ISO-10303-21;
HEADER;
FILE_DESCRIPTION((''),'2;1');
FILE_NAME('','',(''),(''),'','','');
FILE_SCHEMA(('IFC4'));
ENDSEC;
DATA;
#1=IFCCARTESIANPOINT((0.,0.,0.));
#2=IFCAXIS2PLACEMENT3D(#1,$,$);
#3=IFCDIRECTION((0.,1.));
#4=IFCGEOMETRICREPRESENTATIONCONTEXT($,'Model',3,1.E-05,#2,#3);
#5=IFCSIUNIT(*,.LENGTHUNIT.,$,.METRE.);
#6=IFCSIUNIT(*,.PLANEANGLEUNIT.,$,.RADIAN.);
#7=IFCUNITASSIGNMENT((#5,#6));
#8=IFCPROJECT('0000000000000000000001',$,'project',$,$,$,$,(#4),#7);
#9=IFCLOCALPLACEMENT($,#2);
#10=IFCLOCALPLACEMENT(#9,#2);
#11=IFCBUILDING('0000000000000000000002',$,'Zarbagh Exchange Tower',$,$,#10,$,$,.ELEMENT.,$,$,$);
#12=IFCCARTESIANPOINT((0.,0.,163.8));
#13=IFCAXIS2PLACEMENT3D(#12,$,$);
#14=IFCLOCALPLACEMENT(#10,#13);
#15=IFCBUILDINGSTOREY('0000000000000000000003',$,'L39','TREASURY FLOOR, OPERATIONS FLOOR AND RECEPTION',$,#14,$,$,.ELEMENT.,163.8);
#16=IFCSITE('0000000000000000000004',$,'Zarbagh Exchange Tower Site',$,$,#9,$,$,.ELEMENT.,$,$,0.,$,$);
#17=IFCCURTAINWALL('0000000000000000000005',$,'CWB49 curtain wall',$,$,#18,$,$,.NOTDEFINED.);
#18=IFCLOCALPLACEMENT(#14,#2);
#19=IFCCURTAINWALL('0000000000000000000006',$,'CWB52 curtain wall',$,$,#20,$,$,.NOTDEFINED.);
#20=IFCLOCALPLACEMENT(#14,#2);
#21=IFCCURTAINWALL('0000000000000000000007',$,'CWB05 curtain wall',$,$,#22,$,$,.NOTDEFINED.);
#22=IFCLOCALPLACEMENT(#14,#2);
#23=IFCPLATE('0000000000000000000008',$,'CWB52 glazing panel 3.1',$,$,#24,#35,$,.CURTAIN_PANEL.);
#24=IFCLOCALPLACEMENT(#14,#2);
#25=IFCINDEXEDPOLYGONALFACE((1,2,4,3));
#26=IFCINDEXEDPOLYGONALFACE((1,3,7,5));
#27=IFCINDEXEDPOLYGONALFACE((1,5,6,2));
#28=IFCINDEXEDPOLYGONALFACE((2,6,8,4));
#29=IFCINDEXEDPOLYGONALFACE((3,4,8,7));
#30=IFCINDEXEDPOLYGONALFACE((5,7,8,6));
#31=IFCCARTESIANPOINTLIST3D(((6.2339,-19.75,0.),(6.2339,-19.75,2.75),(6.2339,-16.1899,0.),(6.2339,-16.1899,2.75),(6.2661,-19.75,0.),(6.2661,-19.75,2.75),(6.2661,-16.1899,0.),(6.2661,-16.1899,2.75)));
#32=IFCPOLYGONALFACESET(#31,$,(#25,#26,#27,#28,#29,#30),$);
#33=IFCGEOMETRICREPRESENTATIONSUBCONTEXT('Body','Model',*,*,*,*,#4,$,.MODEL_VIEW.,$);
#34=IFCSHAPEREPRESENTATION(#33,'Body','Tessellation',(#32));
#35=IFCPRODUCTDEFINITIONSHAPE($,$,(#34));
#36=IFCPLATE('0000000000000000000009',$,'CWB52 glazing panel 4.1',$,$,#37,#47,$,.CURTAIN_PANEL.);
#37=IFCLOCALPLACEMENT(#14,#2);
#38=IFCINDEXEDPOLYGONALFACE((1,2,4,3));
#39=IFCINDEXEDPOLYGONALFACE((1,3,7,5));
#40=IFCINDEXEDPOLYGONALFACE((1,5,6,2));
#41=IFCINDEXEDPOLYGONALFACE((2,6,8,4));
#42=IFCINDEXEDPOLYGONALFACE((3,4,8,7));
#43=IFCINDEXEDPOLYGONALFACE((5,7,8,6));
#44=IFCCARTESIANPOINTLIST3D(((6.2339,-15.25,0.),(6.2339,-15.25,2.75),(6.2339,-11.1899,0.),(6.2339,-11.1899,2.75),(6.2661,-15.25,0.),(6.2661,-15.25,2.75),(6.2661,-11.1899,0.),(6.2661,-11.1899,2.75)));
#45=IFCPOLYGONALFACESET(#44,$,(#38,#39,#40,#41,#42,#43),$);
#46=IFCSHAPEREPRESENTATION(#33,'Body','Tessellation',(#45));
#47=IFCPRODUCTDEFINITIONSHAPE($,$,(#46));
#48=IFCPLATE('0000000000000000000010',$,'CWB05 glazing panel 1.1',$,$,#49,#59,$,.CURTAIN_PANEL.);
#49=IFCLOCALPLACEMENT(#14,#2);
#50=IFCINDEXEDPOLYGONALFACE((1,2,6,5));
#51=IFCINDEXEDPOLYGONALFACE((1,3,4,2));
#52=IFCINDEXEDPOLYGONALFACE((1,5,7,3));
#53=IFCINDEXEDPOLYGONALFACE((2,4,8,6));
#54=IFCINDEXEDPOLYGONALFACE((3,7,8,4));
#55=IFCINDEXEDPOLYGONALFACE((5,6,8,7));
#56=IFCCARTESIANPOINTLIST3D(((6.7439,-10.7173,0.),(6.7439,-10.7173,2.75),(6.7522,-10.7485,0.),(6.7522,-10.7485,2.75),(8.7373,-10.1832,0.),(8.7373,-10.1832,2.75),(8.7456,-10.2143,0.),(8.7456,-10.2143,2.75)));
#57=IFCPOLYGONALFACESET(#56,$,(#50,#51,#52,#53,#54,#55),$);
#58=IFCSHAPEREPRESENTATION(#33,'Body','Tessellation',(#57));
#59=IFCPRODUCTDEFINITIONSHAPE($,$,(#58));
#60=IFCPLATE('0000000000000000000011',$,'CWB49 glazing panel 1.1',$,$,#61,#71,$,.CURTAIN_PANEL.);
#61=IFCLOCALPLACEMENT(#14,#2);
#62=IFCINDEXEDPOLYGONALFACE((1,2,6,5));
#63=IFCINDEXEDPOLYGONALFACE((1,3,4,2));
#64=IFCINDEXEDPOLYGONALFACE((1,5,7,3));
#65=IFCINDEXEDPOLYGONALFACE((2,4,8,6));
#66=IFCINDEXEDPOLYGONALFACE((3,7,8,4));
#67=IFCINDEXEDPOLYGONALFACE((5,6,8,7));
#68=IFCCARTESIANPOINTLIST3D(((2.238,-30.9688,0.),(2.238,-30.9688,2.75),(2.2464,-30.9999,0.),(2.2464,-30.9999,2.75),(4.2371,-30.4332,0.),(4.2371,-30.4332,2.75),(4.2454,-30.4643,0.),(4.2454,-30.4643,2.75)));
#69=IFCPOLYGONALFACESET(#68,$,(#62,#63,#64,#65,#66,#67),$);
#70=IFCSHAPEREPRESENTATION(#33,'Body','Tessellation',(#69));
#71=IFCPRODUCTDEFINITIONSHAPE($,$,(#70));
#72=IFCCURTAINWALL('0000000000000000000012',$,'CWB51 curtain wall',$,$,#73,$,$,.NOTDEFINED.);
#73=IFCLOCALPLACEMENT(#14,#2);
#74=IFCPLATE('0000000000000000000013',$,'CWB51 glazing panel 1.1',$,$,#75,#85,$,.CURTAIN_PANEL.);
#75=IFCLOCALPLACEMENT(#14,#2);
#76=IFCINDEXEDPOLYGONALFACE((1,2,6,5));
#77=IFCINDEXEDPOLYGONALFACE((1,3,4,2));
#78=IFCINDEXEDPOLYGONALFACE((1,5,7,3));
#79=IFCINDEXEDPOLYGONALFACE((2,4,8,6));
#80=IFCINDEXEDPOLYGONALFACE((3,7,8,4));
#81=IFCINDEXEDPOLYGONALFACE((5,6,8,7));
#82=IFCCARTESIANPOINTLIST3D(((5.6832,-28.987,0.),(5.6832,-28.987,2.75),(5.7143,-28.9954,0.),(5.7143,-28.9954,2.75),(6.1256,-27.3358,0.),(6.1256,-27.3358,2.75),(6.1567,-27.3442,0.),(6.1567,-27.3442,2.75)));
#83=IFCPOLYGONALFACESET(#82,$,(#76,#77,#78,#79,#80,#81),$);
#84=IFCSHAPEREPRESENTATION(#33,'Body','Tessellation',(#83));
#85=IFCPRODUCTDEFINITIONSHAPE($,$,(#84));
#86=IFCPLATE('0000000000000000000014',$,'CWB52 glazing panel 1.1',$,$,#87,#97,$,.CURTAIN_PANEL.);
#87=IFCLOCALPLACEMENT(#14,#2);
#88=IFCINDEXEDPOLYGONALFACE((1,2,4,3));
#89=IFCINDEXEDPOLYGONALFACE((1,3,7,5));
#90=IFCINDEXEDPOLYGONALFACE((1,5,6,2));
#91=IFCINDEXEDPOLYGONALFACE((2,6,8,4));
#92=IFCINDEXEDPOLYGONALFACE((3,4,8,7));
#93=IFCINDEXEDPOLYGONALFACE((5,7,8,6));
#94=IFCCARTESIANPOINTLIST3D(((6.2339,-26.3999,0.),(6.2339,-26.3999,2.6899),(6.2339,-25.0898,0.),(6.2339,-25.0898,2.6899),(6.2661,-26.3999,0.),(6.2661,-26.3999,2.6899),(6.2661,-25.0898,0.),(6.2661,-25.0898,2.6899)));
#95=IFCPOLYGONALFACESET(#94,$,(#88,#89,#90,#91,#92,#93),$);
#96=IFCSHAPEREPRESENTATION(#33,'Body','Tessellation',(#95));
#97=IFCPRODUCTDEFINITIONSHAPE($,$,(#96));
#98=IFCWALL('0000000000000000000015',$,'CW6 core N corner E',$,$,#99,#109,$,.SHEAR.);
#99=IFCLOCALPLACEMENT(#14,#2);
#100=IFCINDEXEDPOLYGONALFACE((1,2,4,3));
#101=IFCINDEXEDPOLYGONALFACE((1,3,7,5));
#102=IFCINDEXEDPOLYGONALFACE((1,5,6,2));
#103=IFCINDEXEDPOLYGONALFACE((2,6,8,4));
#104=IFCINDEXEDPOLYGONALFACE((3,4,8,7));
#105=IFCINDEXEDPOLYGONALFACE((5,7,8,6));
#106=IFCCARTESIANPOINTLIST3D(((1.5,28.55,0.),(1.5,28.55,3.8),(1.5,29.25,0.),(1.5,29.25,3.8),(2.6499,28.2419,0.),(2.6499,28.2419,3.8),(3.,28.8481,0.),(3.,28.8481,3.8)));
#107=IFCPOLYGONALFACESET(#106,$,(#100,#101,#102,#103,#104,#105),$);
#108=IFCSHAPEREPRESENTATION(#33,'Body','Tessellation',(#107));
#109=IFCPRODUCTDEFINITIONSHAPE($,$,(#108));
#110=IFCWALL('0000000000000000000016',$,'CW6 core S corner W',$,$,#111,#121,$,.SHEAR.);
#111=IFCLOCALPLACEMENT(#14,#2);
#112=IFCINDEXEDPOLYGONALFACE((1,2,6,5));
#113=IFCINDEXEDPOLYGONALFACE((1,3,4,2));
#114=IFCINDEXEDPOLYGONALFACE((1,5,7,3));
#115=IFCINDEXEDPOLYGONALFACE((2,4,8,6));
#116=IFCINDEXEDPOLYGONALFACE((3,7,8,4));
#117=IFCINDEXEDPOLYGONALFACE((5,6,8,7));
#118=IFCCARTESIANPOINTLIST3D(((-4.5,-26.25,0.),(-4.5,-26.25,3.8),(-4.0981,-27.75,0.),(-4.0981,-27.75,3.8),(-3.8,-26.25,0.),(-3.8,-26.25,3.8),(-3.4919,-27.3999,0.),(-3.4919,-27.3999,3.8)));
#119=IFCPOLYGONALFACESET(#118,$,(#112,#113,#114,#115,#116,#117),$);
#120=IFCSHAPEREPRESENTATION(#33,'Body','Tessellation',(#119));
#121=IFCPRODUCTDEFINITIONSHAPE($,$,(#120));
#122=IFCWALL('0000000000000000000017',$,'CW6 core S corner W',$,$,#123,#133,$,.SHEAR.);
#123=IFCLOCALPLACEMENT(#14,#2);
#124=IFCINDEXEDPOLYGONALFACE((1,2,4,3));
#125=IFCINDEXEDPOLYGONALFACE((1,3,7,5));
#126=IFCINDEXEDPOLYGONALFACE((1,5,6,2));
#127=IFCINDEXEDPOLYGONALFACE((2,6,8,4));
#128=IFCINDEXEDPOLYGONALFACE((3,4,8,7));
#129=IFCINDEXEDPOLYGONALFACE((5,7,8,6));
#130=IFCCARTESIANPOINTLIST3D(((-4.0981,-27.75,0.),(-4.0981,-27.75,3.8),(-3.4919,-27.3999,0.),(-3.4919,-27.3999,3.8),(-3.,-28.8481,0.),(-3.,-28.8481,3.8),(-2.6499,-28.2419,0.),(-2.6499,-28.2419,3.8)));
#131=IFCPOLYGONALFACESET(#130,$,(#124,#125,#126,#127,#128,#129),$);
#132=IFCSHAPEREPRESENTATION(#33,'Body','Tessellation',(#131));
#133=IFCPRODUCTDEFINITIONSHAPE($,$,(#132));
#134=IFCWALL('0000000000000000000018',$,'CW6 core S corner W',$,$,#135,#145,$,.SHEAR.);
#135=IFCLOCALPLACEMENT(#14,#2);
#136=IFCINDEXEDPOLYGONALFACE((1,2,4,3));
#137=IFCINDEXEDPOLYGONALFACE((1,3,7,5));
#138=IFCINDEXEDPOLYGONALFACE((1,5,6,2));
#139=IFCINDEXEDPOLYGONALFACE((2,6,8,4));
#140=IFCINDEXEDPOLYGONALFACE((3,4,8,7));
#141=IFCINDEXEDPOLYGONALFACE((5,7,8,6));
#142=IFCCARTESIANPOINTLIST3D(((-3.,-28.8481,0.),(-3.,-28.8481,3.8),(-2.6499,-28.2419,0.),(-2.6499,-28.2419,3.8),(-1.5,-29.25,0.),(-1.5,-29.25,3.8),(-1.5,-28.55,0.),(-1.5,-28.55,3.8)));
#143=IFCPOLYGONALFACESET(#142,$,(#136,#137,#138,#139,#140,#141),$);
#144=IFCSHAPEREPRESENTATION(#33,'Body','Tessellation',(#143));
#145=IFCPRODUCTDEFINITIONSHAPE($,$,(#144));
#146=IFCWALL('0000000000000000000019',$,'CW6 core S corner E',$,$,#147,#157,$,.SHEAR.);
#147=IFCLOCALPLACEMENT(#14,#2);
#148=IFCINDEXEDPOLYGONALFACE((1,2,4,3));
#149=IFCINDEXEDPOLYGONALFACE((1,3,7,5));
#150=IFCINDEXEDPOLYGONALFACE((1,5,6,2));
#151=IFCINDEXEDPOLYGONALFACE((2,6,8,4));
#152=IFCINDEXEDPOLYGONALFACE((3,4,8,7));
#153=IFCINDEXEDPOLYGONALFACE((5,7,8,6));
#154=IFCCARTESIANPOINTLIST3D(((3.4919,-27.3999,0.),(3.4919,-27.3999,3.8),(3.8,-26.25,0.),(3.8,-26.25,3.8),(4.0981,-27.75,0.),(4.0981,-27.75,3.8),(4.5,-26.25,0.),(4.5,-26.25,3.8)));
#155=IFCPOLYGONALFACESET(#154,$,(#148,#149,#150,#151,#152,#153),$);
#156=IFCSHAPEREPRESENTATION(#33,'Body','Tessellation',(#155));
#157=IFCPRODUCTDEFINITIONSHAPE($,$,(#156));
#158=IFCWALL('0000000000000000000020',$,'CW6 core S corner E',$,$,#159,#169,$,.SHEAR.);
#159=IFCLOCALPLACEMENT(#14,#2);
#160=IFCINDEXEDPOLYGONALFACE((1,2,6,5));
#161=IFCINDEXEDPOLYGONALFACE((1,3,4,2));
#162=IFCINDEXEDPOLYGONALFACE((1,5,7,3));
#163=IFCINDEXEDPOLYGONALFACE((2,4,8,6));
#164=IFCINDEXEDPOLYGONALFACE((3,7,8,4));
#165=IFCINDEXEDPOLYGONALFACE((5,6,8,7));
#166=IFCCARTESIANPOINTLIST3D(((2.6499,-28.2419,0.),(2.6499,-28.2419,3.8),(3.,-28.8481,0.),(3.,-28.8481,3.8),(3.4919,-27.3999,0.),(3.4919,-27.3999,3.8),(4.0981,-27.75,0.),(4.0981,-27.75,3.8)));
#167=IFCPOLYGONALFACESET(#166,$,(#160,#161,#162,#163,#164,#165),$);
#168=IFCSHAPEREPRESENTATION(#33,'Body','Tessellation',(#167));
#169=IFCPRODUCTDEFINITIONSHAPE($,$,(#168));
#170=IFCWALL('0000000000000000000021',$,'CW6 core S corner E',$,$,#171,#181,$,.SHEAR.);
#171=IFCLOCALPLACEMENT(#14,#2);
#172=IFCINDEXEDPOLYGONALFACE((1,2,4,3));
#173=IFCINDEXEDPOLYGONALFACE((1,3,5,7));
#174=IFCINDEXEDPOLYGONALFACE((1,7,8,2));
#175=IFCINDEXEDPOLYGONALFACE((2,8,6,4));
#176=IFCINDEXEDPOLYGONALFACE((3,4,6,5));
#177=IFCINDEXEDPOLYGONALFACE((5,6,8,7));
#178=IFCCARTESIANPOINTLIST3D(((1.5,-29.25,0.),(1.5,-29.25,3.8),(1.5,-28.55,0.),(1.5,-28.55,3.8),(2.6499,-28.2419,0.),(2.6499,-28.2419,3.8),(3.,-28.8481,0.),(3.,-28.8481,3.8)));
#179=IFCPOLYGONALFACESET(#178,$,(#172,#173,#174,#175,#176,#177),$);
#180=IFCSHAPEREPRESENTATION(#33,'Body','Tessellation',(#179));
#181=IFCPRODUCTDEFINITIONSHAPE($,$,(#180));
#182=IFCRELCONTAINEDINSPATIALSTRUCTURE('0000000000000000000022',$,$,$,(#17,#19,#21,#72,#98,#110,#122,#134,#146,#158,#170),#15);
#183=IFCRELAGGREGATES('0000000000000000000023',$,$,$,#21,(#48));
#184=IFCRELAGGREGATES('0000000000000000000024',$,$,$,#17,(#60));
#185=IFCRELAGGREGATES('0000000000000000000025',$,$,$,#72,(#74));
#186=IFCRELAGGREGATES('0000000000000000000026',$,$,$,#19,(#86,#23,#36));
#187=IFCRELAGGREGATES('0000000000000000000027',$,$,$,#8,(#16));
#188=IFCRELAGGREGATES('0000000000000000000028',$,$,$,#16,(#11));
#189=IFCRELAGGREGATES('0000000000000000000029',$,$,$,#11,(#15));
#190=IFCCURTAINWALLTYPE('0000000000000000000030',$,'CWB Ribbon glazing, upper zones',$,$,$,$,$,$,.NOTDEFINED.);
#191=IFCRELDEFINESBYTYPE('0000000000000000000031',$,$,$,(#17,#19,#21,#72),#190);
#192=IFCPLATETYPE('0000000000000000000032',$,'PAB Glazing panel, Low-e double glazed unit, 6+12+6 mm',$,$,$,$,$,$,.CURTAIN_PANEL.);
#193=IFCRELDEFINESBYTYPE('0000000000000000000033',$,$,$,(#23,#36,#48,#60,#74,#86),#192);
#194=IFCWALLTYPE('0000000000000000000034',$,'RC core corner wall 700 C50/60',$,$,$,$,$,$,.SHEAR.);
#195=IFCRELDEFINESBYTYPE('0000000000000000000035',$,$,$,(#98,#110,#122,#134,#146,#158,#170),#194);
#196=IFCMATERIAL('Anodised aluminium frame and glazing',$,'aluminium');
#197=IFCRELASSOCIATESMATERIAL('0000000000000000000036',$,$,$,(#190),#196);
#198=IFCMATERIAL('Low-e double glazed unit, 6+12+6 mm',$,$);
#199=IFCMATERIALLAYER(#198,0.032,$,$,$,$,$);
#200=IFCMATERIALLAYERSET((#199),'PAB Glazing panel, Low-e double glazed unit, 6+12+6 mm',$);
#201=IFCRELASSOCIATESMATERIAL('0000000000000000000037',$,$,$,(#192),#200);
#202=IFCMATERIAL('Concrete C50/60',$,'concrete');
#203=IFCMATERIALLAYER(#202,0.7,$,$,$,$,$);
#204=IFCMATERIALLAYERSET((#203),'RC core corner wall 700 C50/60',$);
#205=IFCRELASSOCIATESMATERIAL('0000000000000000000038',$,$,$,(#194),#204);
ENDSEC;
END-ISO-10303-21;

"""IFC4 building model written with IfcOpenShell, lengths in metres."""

from ifc_helpers import new_model, si_unit, direction, frame, origin, place, context, subcontext, project, spatial, polyline, outline, extrude, source, transform, mapped, material, layer, layer_set, type_object, element, aggregate, save


model = new_model("IFC4")

# Units and contexts
model_context = context("Model", 3, precision=1e-05, world=origin(), true_north=direction((0.0, 1.0)))
body_context = subcontext(model_context, "Body", "Model", "MODEL_VIEW")
ifc_project = project(units=[si_unit("LENGTHUNIT", "METRE"), si_unit("PLANEANGLEUNIT", "RADIAN")], contexts=[model_context])

# Site, building, storey
site_placement = place(None, origin())
site = spatial("IfcSite", under=ifc_project, at=site_placement, Name="Zarbagh Exchange Tower Site", CompositionType="ELEMENT", RefElevation=0.0)
building_placement = place(site_placement, origin())
building = spatial("IfcBuilding", under=site, at=building_placement, Name="Zarbagh Exchange Tower", CompositionType="ELEMENT")
storey_placement = place(building_placement, frame((0.0, 0.0, 163.8)))
storey = spatial("IfcBuildingStorey", under=building, at=storey_placement, Name="L39", Description="TREASURY FLOOR, OPERATIONS FLOOR AND RECEPTION", CompositionType="ELEMENT", Elevation=163.8)

# Curtain wall
ifc_material_1 = material(Name="Anodised aluminium frame and glazing", Category="aluminium")
curtain_wall_type = type_object("IfcCurtainWallType", Name="CWB Ribbon glazing, upper zones", PredefinedType="NOTDEFINED", material=ifc_material_1)
curtain_wall_1_placement = place(storey_placement, origin())
curtain_wall_1 = element("IfcCurtainWall", 1, at=curtain_wall_1_placement, inside=storey, type_object=curtain_wall_type, Name="CWB49 curtain wall", PredefinedType="NOTDEFINED")
placement = place(storey_placement, origin())

# Curtain wall
curtain_wall_2_placement = place(storey_placement, origin())
curtain_wall_2 = element("IfcCurtainWall", 2, at=curtain_wall_2_placement, inside=storey, type_object=curtain_wall_type, Name="CWB52 curtain wall", PredefinedType="NOTDEFINED")

# Curtain wall
curtain_wall_3_placement = place(storey_placement, origin())
curtain_wall_3 = element("IfcCurtainWall", 3, at=curtain_wall_3_placement, inside=storey, type_object=curtain_wall_type, Name="CWB05 curtain wall", PredefinedType="NOTDEFINED")

# Shared definitions
ifc_material_2 = material(Name="Low-e double glazed unit, 6+12+6 mm")
ifc_layer_1 = layer(ifc_material_2, 0.032)
ifc_layer_set_1 = layer_set([ifc_layer_1], Name="PAB Glazing panel, Low-e double glazed unit, 6+12+6 mm")
plate_type = type_object("IfcPlateType", Name="PAB Glazing panel, Low-e double glazed unit, 6+12+6 mm", PredefinedType="CURTAIN_PANEL", material=ifc_layer_set_1)

# Plates
shared_shape_1 = source(origin(), body_context, "Body", "SweptSolid", [
    extrude(outline(polyline([(0.0, -0.0161), (3.5601, -0.0161), (3.5601, 0.0161), (0.0, 0.0161), (0.0, -0.0161)])), origin(), (0.0, 0.0, 1.0), 2.75),
])
plate_1 = element("IfcPlate", 4, at=placement, type_object=plate_type, Name="CWB52 glazing panel 3.1", PredefinedType="CURTAIN_PANEL", context=body_context, shape_type="MappedRepresentation", body=[
    mapped(shared_shape_1, transform((6.25, -19.75, 0.0), x_axis=(0.0, 1.0, 0.0), y_axis=(-1.0, 0.0, 0.0), z_axis=(0.0, 0.0, 1.0))),
])
shared_shape_2 = source(origin(), body_context, "Body", "SweptSolid", [
    extrude(outline(polyline([(0.0, -0.0161), (4.0601, -0.0161), (4.0601, 0.0161), (0.0, 0.0161), (0.0, -0.0161)])), origin(), (0.0, 0.0, 1.0), 2.75),
])
plate_2 = element("IfcPlate", 5, at=placement, type_object=plate_type, Name="CWB52 glazing panel 4.1", PredefinedType="CURTAIN_PANEL", context=body_context, shape_type="MappedRepresentation", body=[
    mapped(shared_shape_2, transform((6.25, -15.25, 0.0), x_axis=(0.0, 1.0, 0.0), y_axis=(-1.0, 0.0, 0.0), z_axis=(0.0, 0.0, 1.0))),
])
shared_shape_3 = source(origin(), body_context, "Body", "SweptSolid", [
    extrude(outline(polyline([(0.0, -0.0161), (2.0637, -0.0161), (2.0637, 0.0161), (0.0, 0.0161), (0.0, -0.0161)])), origin(), (0.0, 0.0, 1.0), 2.75),
])
plate_3 = element("IfcPlate", 6, at=placement, type_object=plate_type, Name="CWB05 glazing panel 1.1", PredefinedType="CURTAIN_PANEL", context=body_context, shape_type="MappedRepresentation", body=[
    mapped(shared_shape_3, transform((6.748, -10.7329, 0.0), x_axis=(0.965924, 0.258825, 0.0), y_axis=(-0.258825, 0.965924, 0.0), z_axis=(0.0, 0.0, 1.0))),
])
aggregate(curtain_wall_3, [plate_3])
shared_shape_4 = source(origin(), body_context, "Body", "SweptSolid", [
    extrude(outline(polyline([(0.0, -0.0161), (2.0696, -0.0161), (2.0696, 0.0161), (0.0, 0.0161), (0.0, -0.0161)])), origin(), (0.0, 0.0, 1.0), 2.75),
])
plate_4 = element("IfcPlate", 7, at=placement, type_object=plate_type, Name="CWB49 glazing panel 1.1", PredefinedType="CURTAIN_PANEL", context=body_context, shape_type="MappedRepresentation", body=[
    mapped(shared_shape_4, transform((2.2422, -30.9844, 0.0), x_axis=(0.965924, 0.258825, 0.0), y_axis=(-0.258825, 0.965924, 0.0), z_axis=(0.0, 0.0, 1.0))),
])
aggregate(curtain_wall_1, [plate_4])

# Curtain wall, plate
curtain_wall_4_placement = place(storey_placement, origin())
curtain_wall_4 = element("IfcCurtainWall", 8, at=curtain_wall_4_placement, inside=storey, type_object=curtain_wall_type, Name="CWB51 curtain wall", PredefinedType="NOTDEFINED")
shared_shape_5 = source(origin(), body_context, "Body", "SweptSolid", [
    extrude(outline(polyline([(0.0, -0.0161), (1.7095, -0.0161), (1.7095, 0.0161), (0.0, 0.0161), (0.0, -0.0161)])), origin(), (0.0, 0.0, 1.0), 2.75),
])
plate_5 = element("IfcPlate", 9, at=placement, type_object=plate_type, Name="CWB51 glazing panel 1.1", PredefinedType="CURTAIN_PANEL", context=body_context, shape_type="MappedRepresentation", body=[
    mapped(shared_shape_5, transform((5.6987, -28.9912, 0.0), x_axis=(0.258825, 0.965924, 0.0), y_axis=(-0.965924, 0.258825, 0.0), z_axis=(0.0, 0.0, 1.0))),
])
aggregate(curtain_wall_4, [plate_5])

# Plate
shared_shape_6 = source(origin(), body_context, "Body", "SweptSolid", [
    extrude(outline(polyline([(0.0, -0.0161), (1.3101, -0.0161), (1.3101, 0.0161), (0.0, 0.0161), (0.0, -0.0161)])), origin(), (0.0, 0.0, 1.0), 2.6899),
])
plate_6 = element("IfcPlate", 10, at=placement, type_object=plate_type, Name="CWB52 glazing panel 1.1", PredefinedType="CURTAIN_PANEL", context=body_context, shape_type="MappedRepresentation", body=[
    mapped(shared_shape_6, transform((6.25, -26.3999, 0.0), x_axis=(0.0, 1.0, 0.0), y_axis=(-1.0, 0.0, 0.0), z_axis=(0.0, 0.0, 1.0))),
])
aggregate(curtain_wall_2, [plate_6, plate_1, plate_2])

# Walls
ifc_material_3 = material(Name="Concrete C50/60", Category="concrete")
ifc_layer_2 = layer(ifc_material_3, 0.7)
ifc_layer_set_2 = layer_set([ifc_layer_2], Name="RC core corner wall 700 C50/60")
wall_type = type_object("IfcWallType", Name="RC core corner wall 700 C50/60", PredefinedType="SHEAR", material=ifc_layer_set_2)
wall_1_placement = place(storey_placement, origin())
element("IfcWall", 11, at=wall_1_placement, inside=storey, type_object=wall_type, Name="CW6 core N corner E", PredefinedType="SHEAR", context=body_context, shape_type="SweptSolid", body=[
    extrude(outline(polyline([(3.0, 28.8481), (1.5, 29.25), (1.5, 28.55), (2.6499, 28.2419), (3.0, 28.8481)])), origin(), (0.0, 0.0, 1.0), 3.8),
])
wall_2_placement = place(storey_placement, origin())
element("IfcWall", 12, at=wall_2_placement, inside=storey, type_object=wall_type, Name="CW6 core S corner W", PredefinedType="SHEAR", context=body_context, shape_type="SweptSolid", body=[
    extrude(outline(polyline([(-4.5, -26.25), (-4.0981, -27.75), (-3.4919, -27.3999), (-3.8, -26.25), (-4.5, -26.25)])), origin(), (0.0, 0.0, 1.0), 3.8),
])
wall_3_placement = place(storey_placement, origin())
element("IfcWall", 13, at=wall_3_placement, inside=storey, type_object=wall_type, Name="CW6 core S corner W", PredefinedType="SHEAR", context=body_context, shape_type="SweptSolid", body=[
    extrude(outline(polyline([(-4.0981, -27.75), (-3.0, -28.8481), (-2.6499, -28.2419), (-3.4919, -27.3999), (-4.0981, -27.75)])), origin(), (0.0, 0.0, 1.0), 3.8),
])
wall_4_placement = place(storey_placement, origin())
element("IfcWall", 14, at=wall_4_placement, inside=storey, type_object=wall_type, Name="CW6 core S corner W", PredefinedType="SHEAR", context=body_context, shape_type="SweptSolid", body=[
    extrude(outline(polyline([(-3.0, -28.8481), (-1.5, -29.25), (-1.5, -28.55), (-2.6499, -28.2419), (-3.0, -28.8481)])), origin(), (0.0, 0.0, 1.0), 3.8),
])
wall_5_placement = place(storey_placement, origin())
element("IfcWall", 15, at=wall_5_placement, inside=storey, type_object=wall_type, Name="CW6 core S corner E", PredefinedType="SHEAR", context=body_context, shape_type="SweptSolid", body=[
    extrude(outline(polyline([(4.5, -26.25), (4.0981, -27.75), (3.4919, -27.3999), (3.8, -26.25), (4.5, -26.25)])), origin(), (0.0, 0.0, 1.0), 3.8),
])
wall_6_placement = place(storey_placement, origin())
element("IfcWall", 16, at=wall_6_placement, inside=storey, type_object=wall_type, Name="CW6 core S corner E", PredefinedType="SHEAR", context=body_context, shape_type="SweptSolid", body=[
    extrude(outline(polyline([(4.0981, -27.75), (3.0, -28.8481), (2.6499, -28.2419), (3.4919, -27.3999), (4.0981, -27.75)])), origin(), (0.0, 0.0, 1.0), 3.8),
])
wall_7_placement = place(storey_placement, origin())
element("IfcWall", 17, at=wall_7_placement, inside=storey, type_object=wall_type, Name="CW6 core S corner E", PredefinedType="SHEAR", context=body_context, shape_type="SweptSolid", body=[
    extrude(outline(polyline([(3.0, -28.8481), (1.5, -29.25), (1.5, -28.55), (2.6499, -28.2419), (3.0, -28.8481)])), origin(), (0.0, 0.0, 1.0), 3.8),
])

save(model, "model.ifc")
